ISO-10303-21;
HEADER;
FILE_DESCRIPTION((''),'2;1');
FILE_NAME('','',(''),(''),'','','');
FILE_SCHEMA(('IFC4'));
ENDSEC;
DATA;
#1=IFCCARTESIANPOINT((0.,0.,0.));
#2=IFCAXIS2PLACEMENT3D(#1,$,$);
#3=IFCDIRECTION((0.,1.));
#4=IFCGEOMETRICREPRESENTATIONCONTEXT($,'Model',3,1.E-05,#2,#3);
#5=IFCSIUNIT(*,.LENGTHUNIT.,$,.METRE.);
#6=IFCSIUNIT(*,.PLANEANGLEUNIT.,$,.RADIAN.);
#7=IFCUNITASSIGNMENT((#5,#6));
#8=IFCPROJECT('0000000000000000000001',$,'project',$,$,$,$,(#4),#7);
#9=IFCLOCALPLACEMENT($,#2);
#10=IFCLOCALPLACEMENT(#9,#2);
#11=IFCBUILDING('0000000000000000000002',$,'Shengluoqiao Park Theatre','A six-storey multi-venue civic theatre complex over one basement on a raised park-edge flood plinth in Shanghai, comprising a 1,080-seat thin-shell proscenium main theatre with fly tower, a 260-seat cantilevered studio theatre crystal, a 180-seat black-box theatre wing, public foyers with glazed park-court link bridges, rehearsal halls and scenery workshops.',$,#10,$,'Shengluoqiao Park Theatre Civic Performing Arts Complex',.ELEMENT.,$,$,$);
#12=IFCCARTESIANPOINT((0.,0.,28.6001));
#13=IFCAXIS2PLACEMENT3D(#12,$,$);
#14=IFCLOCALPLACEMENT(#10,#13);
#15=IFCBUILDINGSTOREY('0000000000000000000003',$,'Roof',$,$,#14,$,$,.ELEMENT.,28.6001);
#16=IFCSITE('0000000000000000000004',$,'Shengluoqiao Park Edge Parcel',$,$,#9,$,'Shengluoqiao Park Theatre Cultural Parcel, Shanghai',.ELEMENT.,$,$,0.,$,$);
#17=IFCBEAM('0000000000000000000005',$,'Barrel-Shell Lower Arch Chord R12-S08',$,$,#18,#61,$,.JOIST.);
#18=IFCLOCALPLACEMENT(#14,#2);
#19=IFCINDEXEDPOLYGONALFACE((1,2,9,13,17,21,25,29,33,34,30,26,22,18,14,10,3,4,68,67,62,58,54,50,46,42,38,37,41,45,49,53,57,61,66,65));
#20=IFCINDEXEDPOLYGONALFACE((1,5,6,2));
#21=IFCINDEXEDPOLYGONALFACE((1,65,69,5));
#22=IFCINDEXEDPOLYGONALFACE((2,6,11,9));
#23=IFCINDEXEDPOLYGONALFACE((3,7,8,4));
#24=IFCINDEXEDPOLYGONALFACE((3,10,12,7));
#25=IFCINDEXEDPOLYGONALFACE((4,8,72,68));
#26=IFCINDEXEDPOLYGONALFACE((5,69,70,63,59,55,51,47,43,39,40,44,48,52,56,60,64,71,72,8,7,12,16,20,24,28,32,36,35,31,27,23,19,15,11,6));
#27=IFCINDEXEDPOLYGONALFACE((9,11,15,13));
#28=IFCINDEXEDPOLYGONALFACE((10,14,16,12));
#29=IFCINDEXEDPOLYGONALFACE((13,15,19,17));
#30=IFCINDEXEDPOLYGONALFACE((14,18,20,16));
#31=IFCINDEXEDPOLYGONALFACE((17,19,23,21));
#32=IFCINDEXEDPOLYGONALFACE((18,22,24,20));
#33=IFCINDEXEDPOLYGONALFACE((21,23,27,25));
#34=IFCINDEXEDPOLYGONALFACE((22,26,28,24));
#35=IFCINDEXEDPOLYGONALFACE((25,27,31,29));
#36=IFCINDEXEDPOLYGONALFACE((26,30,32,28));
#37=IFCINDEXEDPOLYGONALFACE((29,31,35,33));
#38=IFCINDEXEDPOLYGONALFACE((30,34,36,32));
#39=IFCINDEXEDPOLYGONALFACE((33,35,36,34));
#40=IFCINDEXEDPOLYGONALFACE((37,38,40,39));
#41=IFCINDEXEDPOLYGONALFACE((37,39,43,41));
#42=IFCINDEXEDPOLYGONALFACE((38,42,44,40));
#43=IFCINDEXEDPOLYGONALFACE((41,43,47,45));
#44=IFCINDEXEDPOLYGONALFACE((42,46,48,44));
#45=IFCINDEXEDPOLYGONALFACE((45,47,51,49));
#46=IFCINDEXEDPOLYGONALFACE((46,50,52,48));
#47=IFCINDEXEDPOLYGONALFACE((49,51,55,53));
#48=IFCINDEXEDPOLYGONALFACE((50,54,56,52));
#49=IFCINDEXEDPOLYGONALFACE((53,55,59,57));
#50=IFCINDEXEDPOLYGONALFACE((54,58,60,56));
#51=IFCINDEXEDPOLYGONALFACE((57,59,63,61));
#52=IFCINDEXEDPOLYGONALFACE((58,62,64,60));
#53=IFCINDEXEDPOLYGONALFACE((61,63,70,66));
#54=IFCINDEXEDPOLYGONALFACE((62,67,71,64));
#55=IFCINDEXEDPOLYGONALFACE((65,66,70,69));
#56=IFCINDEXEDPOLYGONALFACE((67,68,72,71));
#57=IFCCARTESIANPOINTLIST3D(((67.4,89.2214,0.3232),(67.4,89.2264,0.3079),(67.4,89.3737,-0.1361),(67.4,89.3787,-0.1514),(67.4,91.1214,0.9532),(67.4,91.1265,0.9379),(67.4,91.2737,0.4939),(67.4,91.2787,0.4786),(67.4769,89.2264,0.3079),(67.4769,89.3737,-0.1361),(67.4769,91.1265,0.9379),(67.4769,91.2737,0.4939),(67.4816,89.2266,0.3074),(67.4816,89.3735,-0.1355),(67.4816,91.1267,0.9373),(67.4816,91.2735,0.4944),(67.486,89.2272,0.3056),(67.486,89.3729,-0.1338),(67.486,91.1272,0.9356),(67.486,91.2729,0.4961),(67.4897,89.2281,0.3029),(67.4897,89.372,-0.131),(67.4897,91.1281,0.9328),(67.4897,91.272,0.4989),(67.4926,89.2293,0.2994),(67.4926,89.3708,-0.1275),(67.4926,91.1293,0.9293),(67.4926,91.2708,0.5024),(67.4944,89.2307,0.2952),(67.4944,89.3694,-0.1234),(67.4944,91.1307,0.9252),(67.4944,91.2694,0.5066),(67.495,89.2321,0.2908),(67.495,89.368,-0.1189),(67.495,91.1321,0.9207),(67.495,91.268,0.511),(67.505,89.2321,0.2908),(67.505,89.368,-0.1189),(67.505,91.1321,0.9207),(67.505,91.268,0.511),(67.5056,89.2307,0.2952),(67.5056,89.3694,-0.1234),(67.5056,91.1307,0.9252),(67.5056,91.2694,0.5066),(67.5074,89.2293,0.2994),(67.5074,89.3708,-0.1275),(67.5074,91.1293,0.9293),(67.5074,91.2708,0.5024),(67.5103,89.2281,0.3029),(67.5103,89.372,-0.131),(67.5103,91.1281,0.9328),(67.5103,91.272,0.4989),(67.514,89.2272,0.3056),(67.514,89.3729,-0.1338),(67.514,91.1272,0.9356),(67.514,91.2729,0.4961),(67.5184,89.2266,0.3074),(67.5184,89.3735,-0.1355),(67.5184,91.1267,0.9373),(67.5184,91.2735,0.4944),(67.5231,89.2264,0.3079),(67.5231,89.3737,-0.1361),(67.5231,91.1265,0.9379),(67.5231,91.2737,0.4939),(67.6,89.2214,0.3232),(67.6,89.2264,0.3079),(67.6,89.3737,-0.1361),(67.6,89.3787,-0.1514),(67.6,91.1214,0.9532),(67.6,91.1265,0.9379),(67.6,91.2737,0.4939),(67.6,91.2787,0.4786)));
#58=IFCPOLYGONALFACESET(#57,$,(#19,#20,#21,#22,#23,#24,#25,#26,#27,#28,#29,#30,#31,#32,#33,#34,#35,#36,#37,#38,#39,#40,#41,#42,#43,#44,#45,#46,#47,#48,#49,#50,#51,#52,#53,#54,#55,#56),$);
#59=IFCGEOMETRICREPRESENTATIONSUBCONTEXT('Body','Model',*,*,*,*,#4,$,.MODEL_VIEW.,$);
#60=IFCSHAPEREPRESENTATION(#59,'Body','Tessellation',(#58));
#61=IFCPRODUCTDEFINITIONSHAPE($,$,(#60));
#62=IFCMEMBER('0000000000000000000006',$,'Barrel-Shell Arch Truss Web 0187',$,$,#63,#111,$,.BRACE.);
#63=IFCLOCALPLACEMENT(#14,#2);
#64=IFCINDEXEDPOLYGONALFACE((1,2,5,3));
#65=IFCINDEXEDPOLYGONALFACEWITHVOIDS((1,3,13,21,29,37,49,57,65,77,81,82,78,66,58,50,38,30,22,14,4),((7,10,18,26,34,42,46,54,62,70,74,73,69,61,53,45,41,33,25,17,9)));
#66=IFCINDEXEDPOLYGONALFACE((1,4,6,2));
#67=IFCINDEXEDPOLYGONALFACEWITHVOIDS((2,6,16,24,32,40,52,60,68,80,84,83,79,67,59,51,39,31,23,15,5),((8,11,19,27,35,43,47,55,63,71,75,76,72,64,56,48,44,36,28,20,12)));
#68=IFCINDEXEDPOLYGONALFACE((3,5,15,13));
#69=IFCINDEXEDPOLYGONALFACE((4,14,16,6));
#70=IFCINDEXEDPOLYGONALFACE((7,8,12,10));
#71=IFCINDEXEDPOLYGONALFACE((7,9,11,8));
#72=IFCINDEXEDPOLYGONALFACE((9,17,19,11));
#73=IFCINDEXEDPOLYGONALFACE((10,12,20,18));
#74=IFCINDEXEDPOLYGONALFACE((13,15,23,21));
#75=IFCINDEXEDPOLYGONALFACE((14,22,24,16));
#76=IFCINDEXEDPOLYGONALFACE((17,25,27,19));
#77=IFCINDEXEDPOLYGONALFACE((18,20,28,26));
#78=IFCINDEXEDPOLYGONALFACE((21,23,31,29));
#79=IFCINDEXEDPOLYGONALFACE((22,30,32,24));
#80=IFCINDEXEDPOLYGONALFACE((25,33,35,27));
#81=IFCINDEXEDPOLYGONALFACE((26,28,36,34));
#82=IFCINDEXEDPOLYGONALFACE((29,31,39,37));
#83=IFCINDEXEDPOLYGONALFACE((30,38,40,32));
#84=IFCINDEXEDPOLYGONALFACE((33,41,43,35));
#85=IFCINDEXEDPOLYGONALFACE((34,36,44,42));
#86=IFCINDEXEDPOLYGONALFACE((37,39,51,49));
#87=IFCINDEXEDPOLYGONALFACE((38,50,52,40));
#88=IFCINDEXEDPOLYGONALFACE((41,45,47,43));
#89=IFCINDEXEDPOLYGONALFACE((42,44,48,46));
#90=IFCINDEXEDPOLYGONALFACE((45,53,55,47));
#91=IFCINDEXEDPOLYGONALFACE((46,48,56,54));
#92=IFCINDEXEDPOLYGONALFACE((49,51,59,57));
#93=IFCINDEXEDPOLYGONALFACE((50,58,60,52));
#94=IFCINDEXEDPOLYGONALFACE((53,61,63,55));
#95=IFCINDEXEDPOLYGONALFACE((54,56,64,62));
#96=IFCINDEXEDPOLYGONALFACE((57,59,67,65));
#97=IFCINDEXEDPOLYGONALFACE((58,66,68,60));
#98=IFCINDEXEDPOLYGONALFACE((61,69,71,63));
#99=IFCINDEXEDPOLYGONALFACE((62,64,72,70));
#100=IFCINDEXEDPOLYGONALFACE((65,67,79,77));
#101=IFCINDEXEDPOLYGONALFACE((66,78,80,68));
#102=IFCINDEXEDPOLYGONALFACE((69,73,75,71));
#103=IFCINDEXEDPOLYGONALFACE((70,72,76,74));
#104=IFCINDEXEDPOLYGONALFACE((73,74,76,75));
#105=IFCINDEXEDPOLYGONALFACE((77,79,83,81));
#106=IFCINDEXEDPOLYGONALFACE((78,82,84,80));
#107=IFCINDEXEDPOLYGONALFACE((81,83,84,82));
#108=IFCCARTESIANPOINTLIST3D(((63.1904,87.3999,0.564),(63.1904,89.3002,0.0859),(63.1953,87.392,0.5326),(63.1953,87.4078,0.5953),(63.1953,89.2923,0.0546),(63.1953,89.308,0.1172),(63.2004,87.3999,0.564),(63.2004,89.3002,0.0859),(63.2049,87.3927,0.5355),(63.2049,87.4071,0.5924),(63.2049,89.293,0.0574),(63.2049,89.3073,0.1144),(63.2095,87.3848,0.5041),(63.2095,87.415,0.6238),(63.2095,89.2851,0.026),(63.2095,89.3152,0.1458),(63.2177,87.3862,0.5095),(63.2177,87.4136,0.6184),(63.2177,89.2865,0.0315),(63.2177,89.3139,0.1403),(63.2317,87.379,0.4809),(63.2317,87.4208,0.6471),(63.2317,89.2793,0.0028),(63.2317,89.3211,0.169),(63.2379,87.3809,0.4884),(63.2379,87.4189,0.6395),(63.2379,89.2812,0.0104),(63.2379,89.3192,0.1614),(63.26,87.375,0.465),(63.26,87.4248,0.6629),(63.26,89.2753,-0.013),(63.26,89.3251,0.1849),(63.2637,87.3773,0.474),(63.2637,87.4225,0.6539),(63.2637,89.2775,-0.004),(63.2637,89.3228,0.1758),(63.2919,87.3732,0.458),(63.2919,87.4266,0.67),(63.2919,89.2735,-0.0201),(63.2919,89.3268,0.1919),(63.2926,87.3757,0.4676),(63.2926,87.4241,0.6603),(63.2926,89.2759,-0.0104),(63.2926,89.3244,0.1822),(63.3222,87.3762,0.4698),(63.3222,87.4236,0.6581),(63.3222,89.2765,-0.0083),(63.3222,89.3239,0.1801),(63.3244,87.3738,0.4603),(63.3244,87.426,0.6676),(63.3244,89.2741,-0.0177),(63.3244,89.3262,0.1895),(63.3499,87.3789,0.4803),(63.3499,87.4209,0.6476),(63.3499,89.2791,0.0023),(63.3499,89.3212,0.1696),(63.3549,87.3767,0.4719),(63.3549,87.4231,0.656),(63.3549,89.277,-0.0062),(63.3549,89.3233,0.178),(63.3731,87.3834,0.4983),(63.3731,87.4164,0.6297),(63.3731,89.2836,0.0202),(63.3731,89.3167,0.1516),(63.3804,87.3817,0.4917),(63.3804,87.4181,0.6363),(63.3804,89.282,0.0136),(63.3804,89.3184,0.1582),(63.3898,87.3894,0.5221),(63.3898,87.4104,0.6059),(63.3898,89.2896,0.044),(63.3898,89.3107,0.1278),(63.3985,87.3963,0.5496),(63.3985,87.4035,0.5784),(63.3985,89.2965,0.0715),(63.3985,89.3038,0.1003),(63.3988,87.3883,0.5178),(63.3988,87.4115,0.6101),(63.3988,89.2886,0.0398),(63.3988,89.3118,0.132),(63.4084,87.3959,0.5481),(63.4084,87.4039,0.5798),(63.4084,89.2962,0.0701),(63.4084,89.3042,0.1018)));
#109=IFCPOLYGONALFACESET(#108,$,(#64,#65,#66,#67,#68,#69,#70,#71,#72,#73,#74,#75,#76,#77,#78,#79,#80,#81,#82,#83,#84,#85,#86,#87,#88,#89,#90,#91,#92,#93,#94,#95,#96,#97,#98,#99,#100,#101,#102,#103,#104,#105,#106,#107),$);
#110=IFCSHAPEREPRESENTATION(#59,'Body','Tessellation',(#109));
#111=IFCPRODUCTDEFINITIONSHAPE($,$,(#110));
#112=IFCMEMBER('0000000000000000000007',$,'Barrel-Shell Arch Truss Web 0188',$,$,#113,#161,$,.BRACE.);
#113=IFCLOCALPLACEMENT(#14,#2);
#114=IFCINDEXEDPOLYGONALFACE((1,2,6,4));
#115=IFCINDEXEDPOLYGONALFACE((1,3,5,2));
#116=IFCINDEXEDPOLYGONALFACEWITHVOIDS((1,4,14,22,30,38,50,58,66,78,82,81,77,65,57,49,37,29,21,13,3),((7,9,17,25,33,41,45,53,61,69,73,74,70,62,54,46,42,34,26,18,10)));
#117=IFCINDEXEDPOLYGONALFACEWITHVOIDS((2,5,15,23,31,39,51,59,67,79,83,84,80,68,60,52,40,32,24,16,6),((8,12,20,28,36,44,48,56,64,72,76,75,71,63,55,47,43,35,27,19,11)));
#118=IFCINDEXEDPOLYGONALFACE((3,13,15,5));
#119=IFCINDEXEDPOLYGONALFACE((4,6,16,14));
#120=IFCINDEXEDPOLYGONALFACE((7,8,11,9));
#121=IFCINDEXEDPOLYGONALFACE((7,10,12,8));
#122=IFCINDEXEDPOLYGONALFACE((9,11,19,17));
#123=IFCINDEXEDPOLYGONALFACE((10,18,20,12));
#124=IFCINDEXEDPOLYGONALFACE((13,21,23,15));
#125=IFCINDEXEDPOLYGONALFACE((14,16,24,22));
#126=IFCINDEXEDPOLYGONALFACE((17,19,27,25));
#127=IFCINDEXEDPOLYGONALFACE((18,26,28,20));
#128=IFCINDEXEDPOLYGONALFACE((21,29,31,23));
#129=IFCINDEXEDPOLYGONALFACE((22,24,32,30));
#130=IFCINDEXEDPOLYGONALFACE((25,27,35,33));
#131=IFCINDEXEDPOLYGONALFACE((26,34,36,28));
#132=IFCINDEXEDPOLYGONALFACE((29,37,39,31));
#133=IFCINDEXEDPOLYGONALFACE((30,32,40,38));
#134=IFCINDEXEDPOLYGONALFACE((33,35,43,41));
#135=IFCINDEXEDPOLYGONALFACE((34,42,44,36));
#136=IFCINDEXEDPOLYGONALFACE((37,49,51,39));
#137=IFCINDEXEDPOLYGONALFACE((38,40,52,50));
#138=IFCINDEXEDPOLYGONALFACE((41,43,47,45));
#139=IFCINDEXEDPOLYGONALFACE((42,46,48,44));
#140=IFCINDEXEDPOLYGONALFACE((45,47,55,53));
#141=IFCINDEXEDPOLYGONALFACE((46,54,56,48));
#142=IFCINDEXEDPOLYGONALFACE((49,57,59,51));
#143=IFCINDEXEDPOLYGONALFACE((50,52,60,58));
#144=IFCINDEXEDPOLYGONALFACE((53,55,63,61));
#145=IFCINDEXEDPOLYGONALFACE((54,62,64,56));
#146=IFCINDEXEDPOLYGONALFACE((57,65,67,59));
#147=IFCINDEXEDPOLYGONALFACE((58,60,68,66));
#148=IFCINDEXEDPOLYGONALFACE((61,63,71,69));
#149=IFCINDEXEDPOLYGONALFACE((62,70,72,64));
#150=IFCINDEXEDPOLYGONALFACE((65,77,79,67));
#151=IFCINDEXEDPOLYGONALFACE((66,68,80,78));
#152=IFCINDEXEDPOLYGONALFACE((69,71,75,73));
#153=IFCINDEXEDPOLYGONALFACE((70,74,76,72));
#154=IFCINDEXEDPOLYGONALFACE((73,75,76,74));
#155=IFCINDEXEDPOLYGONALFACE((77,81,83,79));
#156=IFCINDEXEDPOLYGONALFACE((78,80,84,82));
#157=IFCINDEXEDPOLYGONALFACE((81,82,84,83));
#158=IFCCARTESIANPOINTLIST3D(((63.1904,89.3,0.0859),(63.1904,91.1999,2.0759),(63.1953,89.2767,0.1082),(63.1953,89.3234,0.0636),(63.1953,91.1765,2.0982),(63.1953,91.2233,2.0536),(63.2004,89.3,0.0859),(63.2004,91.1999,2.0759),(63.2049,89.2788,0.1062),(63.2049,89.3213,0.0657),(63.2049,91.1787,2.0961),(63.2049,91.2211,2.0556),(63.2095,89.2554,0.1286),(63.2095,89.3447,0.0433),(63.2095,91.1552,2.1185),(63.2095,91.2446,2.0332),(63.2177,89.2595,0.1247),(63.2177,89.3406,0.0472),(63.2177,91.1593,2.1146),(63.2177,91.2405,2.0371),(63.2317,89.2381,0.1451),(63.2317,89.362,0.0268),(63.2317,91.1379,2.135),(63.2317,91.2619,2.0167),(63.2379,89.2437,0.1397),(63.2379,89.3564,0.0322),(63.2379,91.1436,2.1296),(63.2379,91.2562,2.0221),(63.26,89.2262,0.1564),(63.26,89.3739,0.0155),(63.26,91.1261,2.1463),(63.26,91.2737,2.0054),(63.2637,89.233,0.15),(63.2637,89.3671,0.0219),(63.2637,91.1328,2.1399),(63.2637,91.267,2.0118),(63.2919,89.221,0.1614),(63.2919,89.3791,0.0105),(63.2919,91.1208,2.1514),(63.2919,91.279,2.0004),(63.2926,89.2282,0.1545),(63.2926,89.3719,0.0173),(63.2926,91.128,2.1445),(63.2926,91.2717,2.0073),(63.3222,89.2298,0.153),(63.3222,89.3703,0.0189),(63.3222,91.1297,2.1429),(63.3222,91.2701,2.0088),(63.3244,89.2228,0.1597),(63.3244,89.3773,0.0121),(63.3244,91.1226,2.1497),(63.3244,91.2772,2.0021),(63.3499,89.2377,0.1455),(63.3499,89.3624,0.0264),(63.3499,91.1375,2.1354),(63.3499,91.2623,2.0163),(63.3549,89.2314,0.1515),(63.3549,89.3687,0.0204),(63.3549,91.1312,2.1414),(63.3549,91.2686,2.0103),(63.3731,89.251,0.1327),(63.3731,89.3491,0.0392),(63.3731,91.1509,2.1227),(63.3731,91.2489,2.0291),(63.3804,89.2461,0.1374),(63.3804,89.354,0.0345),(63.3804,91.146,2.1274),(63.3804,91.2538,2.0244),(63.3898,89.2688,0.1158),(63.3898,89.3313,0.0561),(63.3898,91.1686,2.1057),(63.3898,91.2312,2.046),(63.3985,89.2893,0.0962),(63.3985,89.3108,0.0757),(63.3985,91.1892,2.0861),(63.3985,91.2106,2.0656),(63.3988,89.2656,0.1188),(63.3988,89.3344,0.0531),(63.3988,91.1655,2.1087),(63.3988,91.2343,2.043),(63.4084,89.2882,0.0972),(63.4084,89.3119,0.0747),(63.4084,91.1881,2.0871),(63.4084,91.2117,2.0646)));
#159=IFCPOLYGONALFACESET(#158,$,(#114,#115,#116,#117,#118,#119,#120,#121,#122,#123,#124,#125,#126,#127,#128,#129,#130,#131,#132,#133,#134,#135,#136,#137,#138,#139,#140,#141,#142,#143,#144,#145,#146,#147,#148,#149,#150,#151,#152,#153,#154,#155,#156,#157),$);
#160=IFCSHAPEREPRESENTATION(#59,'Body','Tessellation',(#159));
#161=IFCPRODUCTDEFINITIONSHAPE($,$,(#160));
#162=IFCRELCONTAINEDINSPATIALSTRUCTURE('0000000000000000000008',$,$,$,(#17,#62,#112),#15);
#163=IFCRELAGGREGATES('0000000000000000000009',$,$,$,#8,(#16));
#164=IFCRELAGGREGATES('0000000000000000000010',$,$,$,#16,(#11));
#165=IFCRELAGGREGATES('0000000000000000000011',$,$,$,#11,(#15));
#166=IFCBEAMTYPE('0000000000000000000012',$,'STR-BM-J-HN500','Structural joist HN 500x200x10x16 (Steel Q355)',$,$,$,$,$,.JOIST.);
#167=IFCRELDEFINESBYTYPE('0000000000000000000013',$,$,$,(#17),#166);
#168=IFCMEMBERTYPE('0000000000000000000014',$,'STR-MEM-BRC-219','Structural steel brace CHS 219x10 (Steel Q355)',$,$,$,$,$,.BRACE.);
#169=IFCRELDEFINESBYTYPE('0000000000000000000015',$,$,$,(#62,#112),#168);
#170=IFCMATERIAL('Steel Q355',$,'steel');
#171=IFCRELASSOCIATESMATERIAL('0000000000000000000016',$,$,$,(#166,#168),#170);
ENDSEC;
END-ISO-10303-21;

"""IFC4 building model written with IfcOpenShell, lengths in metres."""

from ifc_helpers import new_model, si_unit, direction, frame, origin, origin_2d, place, context, subcontext, project, spatial, hollow_circle, i_section, extrude, material, material_profile, profile_set, type_object, element, save


model = new_model("IFC4")

# Units and contexts
model_context = context("Model", 3, precision=1e-05, world=origin(), true_north=direction((0.0, 1.0)))
body_context = subcontext(model_context, "Body", "Model", "MODEL_VIEW")
ifc_project = project(units=[si_unit("LENGTHUNIT", "METRE"), si_unit("PLANEANGLEUNIT", "RADIAN")], contexts=[model_context])

# Site, building, storey
site_placement = place(None, origin())
site = spatial("IfcSite", under=ifc_project, at=site_placement, Name="Shengluoqiao Park Edge Parcel", LongName="Shengluoqiao Park Theatre Cultural Parcel, Shanghai", CompositionType="ELEMENT", RefElevation=0.0)
building_placement = place(site_placement, origin())
building = spatial("IfcBuilding", under=site, at=building_placement, Name="Shengluoqiao Park Theatre", Description="A six-storey multi-venue civic theatre complex over one basement on a raised park-edge flood plinth in Shanghai, comprising a 1,080-seat thin-shell proscenium main theatre with fly tower, a 260-seat cantilevered studio theatre crystal, a 180-seat black-box theatre wing, public foyers with glazed park-court link bridges, rehearsal halls and scenery workshops.", LongName="Shengluoqiao Park Theatre Civic Performing Arts Complex", CompositionType="ELEMENT")
storey_placement = place(building_placement, frame((0.0, 0.0, 28.6001)))
storey = spatial("IfcBuildingStorey", under=building, at=storey_placement, Name="Roof", CompositionType="ELEMENT", Elevation=28.6001)

# Beam
ifc_material_1 = material(Name="Steel Q355", Category="steel")
ifc_material_profile_1 = material_profile(ifc_material_1, i_section(OverallWidth=0.2, OverallDepth=0.5, WebThickness=0.01, FlangeThickness=0.0161, FilletRadius=0.0181, at=origin_2d()), Name="HN 500x200x10x16")
ifc_profile_set_1 = profile_set([ifc_material_profile_1], Name="Steel Q355")
beam_type_1 = type_object("IfcBeamType", Name="STR-BM-J-HN500", Description="Structural joist HN 500x200x10x16 (Steel Q355)", PredefinedType="JOIST", material=ifc_profile_set_1)
for number, where, z_axis, x_axis, name in (
    (1, (67.5, 89.3, 0.0859), (0.0, 0.949194, 0.31469), (-1.0, 0.0, 0.0), "Barrel-Shell Lower Arch Chord R12-S08"),
):
    element("IfcBeam", number, at=place(storey_placement, frame(where, z_axis=z_axis, x_axis=x_axis)), inside=storey, type_object=beam_type_1, Name=name, PredefinedType="JOIST", context=body_context, shape_type="SweptSolid", body=[
        extrude(i_section(OverallWidth=0.2, OverallDepth=0.5, WebThickness=0.01, FlangeThickness=0.0161, FilletRadius=0.0181, at=origin_2d()), origin(), (0.0, 0.0, 1.0), 2.0017),
    ])

# Members
ifc_material_profile_2 = material_profile(ifc_material_1, hollow_circle(Radius=0.1096, WallThickness=0.01, at=origin_2d()), Name="CHS 219x10")
ifc_profile_set_2 = profile_set([ifc_material_profile_2], Name="Steel Q355")
member_type_1 = type_object("IfcMemberType", Name="STR-MEM-BRC-219", Description="Structural steel brace CHS 219x10 (Steel Q355)", PredefinedType="BRACE", material=ifc_profile_set_2)
member_1_placement = place(storey_placement, frame((63.3, 87.3999, 0.564), z_axis=(0.0, 0.969782, -0.243972), x_axis=(-1.0, 0.0, 0.0)))
element("IfcMember", 2, at=member_1_placement, inside=storey, type_object=member_type_1, Name="Barrel-Shell Arch Truss Web 0187", PredefinedType="BRACE", context=body_context, shape_type="SweptSolid", body=[
    extrude(hollow_circle(Radius=0.1096, WallThickness=0.01, at=origin_2d()), origin(), (0.0, 0.0, 1.0), 1.9595),
])
member_2_placement = place(storey_placement, frame((63.3, 89.3, 0.0859), z_axis=(0.0, 0.690545, 0.723289), x_axis=(-1.0, 0.0, 0.0)))
element("IfcMember", 3, at=member_2_placement, inside=storey, type_object=member_type_1, Name="Barrel-Shell Arch Truss Web 0188", PredefinedType="BRACE", context=body_context, shape_type="SweptSolid", body=[
    extrude(hollow_circle(Radius=0.1096, WallThickness=0.01, at=origin_2d()), origin(), (0.0, 0.0, 1.0), 2.7512),
])

save(model, "model.ifc")
